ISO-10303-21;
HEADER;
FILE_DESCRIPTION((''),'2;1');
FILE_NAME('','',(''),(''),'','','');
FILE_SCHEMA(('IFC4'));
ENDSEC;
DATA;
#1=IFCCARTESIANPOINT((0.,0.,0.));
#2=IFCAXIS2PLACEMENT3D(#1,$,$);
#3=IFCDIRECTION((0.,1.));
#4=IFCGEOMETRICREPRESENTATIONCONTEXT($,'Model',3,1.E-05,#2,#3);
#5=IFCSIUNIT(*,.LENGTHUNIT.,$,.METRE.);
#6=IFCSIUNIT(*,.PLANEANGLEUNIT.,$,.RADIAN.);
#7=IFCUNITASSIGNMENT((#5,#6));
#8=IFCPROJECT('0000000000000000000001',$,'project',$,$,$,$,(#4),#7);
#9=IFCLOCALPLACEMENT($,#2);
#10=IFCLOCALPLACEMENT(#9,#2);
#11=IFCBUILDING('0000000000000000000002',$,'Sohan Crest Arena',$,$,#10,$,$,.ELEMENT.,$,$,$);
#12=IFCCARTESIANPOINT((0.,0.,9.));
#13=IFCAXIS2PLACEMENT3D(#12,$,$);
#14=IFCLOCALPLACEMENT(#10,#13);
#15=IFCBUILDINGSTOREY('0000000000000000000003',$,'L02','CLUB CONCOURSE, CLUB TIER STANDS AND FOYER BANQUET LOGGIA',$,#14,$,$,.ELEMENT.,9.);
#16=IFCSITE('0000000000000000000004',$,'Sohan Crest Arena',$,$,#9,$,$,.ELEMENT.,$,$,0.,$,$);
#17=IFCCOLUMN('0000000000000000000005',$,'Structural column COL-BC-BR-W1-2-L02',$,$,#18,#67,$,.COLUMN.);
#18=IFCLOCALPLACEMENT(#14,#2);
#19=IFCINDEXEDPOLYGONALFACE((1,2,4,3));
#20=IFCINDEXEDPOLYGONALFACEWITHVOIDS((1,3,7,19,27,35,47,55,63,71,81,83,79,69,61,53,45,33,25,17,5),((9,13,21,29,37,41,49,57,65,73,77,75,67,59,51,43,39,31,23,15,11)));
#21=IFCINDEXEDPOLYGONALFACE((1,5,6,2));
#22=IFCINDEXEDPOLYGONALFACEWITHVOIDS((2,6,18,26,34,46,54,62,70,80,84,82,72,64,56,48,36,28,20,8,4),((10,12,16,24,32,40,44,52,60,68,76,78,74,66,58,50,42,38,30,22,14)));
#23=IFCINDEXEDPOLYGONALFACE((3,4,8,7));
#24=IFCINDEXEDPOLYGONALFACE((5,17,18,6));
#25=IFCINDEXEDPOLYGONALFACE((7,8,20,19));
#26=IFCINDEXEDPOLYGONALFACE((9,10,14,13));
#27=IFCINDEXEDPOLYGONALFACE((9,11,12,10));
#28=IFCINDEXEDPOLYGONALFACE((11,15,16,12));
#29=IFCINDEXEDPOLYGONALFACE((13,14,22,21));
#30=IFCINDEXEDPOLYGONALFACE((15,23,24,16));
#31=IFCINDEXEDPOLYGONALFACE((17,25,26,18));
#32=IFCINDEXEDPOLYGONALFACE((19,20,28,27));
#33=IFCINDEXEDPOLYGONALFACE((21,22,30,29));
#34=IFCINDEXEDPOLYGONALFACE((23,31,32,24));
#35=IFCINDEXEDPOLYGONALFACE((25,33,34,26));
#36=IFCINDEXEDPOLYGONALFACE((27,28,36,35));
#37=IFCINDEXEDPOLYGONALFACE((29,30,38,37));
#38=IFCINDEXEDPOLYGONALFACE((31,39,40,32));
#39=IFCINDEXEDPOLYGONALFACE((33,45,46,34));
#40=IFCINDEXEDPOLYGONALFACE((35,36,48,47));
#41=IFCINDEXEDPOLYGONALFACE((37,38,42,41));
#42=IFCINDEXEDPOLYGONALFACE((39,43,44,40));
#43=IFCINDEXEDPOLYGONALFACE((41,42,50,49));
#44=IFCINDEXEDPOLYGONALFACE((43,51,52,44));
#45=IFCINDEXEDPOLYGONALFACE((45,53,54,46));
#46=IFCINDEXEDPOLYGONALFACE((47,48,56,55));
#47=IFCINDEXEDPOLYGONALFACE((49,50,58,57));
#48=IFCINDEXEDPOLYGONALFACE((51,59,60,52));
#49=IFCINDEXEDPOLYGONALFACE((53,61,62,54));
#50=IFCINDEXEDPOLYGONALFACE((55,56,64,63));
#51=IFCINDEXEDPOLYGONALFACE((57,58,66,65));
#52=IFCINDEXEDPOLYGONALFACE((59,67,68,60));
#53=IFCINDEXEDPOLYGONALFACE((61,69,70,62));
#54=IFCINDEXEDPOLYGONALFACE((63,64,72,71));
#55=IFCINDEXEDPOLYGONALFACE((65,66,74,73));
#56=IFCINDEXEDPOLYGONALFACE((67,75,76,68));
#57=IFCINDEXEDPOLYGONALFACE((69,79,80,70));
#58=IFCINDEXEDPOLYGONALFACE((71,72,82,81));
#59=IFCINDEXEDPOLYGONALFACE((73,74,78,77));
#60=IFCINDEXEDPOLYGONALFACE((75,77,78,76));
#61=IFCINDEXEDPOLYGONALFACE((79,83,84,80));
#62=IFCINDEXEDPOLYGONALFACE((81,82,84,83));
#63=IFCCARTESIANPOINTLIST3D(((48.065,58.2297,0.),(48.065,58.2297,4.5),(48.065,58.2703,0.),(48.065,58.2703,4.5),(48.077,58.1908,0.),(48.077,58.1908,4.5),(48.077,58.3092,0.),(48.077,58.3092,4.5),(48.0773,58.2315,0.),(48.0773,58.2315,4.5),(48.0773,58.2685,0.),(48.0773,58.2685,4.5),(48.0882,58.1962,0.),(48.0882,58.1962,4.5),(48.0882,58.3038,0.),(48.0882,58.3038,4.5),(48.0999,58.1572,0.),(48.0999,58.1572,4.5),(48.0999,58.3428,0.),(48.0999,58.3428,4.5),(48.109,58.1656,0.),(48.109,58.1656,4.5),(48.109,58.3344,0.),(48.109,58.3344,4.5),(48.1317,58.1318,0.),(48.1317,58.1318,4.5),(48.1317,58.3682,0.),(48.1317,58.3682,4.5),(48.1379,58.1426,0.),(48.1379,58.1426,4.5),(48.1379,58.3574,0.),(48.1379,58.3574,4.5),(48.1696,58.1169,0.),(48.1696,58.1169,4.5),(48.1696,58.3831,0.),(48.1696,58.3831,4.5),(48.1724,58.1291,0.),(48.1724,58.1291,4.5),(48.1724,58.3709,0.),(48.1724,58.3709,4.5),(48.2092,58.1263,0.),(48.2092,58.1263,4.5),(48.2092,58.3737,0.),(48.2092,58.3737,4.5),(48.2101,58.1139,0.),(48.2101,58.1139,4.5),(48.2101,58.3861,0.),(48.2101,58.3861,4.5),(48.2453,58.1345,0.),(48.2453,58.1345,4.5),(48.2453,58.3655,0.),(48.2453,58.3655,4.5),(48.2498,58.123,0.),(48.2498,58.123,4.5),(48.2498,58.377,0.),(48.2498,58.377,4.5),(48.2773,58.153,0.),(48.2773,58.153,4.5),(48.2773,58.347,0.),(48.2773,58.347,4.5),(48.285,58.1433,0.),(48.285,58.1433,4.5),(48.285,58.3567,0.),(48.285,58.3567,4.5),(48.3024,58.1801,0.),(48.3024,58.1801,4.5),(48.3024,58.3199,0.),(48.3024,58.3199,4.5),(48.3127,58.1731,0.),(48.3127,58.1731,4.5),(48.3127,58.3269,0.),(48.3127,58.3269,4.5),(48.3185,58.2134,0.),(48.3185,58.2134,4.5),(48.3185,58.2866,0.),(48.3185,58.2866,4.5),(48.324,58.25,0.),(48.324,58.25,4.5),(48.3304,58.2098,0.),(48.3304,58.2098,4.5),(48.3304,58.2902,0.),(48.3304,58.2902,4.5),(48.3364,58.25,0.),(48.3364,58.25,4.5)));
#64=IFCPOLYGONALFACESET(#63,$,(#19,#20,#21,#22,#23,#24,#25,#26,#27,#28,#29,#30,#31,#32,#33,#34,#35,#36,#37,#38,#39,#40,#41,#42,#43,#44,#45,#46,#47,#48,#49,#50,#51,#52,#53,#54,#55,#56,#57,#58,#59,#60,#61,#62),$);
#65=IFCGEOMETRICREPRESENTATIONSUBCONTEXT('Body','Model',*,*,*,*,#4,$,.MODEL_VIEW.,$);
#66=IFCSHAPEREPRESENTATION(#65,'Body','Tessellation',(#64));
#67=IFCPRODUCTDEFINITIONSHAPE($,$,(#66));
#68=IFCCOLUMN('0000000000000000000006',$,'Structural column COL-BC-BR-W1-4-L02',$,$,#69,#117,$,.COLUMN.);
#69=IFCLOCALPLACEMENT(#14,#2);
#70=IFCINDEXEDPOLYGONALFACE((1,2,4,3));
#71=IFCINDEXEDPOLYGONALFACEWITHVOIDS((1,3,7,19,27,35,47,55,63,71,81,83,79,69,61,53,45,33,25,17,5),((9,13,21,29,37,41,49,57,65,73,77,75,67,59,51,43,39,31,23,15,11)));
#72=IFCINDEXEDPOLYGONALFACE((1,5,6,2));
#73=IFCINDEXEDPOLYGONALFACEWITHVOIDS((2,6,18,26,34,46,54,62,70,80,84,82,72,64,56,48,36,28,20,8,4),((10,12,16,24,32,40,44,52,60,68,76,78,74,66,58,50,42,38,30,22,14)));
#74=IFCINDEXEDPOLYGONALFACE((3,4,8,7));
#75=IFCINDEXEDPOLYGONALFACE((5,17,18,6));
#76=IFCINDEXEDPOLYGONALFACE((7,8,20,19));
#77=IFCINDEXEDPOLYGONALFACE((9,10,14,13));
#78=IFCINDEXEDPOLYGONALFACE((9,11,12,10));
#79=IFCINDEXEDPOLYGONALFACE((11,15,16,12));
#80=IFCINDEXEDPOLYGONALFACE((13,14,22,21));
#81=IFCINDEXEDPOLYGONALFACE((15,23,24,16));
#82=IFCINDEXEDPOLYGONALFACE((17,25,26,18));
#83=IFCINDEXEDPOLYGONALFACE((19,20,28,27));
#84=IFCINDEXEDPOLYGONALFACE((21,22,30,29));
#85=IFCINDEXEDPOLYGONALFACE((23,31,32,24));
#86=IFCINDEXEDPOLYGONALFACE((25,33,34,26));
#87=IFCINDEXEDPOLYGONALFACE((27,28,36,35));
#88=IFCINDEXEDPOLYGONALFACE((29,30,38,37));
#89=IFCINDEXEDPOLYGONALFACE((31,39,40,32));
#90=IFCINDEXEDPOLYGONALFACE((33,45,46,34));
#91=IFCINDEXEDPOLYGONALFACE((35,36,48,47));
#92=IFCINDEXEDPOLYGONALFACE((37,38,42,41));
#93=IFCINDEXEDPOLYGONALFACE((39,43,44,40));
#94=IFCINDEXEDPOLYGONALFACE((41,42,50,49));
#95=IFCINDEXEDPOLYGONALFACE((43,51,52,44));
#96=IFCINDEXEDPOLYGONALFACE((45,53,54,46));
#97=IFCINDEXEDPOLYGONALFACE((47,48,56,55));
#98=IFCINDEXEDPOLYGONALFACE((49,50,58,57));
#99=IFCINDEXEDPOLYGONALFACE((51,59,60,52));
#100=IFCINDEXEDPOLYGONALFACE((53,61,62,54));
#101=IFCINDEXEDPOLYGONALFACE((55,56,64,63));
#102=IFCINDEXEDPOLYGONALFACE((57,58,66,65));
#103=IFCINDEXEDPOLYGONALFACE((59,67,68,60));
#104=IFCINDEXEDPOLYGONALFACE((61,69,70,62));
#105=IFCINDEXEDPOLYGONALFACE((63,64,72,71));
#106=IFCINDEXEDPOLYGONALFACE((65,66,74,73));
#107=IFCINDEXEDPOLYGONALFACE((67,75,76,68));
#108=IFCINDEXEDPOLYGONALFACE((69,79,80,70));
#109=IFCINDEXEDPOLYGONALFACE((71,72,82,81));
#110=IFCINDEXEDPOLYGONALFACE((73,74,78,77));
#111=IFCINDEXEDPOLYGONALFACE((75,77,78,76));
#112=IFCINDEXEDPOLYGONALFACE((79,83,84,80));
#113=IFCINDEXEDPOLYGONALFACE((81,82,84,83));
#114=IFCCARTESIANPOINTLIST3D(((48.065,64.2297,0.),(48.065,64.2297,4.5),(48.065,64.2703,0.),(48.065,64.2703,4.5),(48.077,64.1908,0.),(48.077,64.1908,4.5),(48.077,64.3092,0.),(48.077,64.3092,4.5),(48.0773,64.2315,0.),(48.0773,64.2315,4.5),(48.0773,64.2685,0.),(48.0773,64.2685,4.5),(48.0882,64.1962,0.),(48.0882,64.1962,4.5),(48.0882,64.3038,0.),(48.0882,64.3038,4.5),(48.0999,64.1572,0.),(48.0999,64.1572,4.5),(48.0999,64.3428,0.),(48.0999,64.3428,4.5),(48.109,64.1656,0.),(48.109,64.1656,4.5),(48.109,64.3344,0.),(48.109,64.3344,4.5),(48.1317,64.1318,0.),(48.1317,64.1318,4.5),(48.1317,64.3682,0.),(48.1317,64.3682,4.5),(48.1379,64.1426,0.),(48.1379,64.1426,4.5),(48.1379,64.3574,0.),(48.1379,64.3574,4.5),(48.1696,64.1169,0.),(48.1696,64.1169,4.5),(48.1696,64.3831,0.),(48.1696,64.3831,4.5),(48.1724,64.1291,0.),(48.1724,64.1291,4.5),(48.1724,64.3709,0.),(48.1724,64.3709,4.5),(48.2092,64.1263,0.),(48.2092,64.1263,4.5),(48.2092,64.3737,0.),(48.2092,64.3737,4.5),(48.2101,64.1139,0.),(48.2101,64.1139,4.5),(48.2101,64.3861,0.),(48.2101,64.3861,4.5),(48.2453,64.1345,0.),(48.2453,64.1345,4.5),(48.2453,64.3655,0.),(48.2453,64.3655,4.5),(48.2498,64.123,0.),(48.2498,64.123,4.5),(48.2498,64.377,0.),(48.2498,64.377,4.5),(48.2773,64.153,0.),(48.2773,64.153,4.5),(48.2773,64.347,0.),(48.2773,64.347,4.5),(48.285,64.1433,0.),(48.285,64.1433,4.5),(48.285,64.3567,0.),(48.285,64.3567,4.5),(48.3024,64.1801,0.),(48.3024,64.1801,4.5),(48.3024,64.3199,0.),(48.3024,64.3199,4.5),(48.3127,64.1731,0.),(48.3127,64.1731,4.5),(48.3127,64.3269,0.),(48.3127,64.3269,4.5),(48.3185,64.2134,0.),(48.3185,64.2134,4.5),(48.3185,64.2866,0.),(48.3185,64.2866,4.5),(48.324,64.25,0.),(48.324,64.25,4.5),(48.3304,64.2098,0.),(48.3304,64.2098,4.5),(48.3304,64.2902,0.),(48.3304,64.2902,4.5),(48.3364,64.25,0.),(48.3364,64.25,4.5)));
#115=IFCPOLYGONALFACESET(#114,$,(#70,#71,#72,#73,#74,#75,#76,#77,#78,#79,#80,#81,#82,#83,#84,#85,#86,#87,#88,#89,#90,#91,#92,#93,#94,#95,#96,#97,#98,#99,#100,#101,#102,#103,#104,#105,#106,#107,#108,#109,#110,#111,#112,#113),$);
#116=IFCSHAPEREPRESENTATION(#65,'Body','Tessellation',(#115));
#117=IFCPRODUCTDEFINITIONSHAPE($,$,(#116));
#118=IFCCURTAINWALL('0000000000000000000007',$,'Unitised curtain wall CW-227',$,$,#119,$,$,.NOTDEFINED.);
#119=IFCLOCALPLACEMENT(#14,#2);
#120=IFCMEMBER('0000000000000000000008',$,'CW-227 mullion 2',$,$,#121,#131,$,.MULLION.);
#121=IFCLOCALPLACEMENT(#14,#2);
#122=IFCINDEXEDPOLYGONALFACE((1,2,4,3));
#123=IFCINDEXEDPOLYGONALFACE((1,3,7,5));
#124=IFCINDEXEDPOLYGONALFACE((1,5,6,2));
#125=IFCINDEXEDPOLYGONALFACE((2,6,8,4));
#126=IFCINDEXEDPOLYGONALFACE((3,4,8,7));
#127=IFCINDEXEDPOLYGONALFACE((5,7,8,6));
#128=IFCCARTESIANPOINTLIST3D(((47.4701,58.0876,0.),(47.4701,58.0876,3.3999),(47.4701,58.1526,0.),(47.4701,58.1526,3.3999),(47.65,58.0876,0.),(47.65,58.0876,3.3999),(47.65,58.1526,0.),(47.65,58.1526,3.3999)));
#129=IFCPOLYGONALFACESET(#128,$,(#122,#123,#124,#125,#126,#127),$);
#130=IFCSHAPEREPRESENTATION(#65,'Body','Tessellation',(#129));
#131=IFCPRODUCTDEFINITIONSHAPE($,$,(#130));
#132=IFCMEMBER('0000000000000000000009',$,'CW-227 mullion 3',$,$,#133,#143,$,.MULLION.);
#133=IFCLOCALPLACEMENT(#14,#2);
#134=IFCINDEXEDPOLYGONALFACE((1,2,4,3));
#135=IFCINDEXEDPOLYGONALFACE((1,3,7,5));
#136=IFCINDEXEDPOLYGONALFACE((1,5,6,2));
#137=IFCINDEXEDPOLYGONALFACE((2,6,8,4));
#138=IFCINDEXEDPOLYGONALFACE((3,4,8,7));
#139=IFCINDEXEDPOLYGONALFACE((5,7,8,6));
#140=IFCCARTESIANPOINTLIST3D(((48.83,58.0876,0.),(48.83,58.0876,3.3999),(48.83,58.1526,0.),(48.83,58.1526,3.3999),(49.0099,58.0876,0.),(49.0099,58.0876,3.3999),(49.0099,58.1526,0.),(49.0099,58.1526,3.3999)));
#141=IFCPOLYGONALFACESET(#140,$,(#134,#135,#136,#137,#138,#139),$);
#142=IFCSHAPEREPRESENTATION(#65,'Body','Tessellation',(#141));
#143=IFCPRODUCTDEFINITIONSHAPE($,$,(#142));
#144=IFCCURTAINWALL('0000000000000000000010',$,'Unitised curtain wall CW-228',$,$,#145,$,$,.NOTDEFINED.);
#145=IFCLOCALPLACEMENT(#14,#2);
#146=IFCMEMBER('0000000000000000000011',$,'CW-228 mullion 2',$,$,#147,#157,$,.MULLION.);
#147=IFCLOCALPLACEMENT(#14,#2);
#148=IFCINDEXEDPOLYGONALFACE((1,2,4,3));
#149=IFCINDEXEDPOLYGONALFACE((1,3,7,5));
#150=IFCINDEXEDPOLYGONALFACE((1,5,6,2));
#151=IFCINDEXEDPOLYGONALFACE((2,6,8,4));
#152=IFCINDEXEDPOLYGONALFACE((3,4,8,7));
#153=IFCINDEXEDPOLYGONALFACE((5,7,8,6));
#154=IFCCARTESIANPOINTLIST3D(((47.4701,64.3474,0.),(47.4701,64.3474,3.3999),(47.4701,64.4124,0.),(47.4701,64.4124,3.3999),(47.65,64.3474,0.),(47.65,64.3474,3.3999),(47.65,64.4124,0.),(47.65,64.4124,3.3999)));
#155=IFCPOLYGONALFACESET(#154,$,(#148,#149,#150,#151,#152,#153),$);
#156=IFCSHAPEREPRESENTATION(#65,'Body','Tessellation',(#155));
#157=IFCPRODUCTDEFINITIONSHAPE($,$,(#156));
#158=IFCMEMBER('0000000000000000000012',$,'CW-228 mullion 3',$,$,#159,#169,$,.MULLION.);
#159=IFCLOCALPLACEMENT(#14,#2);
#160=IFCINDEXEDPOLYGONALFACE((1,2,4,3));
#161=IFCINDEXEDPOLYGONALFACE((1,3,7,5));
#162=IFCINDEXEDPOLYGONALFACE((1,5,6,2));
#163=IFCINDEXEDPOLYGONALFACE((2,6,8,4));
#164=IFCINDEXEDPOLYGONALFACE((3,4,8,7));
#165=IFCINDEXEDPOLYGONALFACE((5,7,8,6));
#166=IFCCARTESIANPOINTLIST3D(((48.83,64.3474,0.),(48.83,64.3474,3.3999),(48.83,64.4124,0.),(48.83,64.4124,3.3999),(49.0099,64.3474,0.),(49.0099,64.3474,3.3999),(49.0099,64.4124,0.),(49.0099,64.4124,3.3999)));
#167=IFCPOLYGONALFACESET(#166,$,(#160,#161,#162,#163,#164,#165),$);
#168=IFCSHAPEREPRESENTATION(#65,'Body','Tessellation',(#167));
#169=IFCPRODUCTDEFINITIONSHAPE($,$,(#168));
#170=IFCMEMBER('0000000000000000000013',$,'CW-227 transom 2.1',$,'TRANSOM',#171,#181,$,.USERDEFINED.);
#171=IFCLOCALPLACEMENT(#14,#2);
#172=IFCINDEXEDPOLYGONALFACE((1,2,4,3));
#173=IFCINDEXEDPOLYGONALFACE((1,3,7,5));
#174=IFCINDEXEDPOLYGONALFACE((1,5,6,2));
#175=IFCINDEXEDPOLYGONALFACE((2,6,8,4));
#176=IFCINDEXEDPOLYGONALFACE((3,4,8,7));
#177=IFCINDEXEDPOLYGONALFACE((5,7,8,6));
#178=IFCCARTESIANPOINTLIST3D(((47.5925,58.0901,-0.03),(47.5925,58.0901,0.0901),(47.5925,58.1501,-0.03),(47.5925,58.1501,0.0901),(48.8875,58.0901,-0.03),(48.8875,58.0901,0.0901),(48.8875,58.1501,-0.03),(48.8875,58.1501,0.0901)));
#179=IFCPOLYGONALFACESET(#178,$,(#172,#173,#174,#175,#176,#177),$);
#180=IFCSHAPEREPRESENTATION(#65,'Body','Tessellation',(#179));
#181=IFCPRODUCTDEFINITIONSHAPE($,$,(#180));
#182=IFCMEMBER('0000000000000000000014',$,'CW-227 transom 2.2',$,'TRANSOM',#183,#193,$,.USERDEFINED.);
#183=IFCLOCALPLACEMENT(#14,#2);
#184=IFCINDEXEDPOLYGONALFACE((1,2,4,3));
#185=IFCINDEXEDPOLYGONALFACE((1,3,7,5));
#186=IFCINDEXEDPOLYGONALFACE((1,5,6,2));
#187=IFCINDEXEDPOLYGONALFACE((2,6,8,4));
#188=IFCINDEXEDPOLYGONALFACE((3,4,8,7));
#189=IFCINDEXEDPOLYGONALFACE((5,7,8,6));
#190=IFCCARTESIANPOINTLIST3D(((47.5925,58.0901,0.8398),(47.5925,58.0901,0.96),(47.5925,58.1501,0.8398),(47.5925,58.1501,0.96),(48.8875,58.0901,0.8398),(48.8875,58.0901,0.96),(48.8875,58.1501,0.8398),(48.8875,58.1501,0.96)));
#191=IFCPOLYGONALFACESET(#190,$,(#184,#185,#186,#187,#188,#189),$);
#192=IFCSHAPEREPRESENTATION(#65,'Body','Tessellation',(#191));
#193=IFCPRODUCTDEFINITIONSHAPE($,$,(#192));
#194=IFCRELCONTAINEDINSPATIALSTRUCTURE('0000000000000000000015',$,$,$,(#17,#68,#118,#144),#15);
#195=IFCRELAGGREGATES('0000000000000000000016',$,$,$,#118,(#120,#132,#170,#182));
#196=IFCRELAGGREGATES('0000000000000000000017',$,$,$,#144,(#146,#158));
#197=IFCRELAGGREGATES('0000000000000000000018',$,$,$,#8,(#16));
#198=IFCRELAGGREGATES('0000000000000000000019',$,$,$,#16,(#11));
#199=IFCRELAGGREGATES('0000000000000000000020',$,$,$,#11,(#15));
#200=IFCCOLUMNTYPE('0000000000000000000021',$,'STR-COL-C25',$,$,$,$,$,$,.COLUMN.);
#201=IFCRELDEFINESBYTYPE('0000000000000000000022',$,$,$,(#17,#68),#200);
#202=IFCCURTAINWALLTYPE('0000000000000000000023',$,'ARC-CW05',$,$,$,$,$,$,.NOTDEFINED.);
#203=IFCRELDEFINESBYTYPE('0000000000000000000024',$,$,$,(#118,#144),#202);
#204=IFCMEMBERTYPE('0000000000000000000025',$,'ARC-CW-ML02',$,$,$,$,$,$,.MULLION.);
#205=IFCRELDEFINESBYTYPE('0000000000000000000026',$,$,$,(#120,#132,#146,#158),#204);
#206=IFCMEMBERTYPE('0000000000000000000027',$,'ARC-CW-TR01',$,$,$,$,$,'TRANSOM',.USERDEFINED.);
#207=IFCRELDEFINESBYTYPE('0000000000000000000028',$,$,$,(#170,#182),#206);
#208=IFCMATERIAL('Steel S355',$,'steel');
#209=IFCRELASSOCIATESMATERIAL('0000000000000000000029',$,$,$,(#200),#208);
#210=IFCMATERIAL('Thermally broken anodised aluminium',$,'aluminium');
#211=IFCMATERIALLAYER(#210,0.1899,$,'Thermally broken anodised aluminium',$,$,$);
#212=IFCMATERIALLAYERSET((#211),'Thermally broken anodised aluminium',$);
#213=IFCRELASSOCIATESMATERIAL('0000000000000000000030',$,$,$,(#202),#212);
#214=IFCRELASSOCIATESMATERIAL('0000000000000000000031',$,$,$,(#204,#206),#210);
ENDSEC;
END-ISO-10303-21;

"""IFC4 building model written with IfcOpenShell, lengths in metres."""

from ifc_helpers import new_model, si_unit, direction, frame, origin, origin_2d, place, context, subcontext, project, spatial, rectangle, hollow_circle, extrude, material, layer, layer_set, material_profile, profile_set, type_object, element, aggregate, save


model = new_model("IFC4")

# Units and contexts
model_context = context("Model", 3, precision=1e-05, world=origin(), true_north=direction((0.0, 1.0)))
body_context = subcontext(model_context, "Body", "Model", "MODEL_VIEW")
ifc_project = project(units=[si_unit("LENGTHUNIT", "METRE"), si_unit("PLANEANGLEUNIT", "RADIAN")], contexts=[model_context])

# Site, building, storey
site_placement = place(None, origin())
site = spatial("IfcSite", under=ifc_project, at=site_placement, Name="Sohan Crest Arena", CompositionType="ELEMENT", RefElevation=0.0)
building_placement = place(site_placement, origin())
building = spatial("IfcBuilding", under=site, at=building_placement, Name="Sohan Crest Arena", CompositionType="ELEMENT")
storey_placement = place(building_placement, frame((0.0, 0.0, 9.0)))
storey = spatial("IfcBuildingStorey", under=building, at=storey_placement, Name="L02", Description="CLUB CONCOURSE, CLUB TIER STANDS AND FOYER BANQUET LOGGIA", CompositionType="ELEMENT", Elevation=9.0)

# Columns
ifc_material_1 = material(Name="Steel S355", Category="steel")
ifc_material_profile_1 = material_profile(ifc_material_1, hollow_circle(Radius=0.1365, WallThickness=0.0125, at=origin_2d()), Name="CHS 273x12.5")
ifc_profile_set_1 = profile_set([ifc_material_profile_1], Name="Steel S355")
column_type = type_object("IfcColumnType", Name="STR-COL-C25", PredefinedType="COLUMN", material=ifc_profile_set_1)
for number, where, z_axis, x_axis, name in (
    (1, (48.2, 58.25, 0.0), (0.0, 0.0, 1.0), (1.0, 0.0, 0.0), "Structural column COL-BC-BR-W1-2-L02"),
    (2, (48.2, 64.25, 0.0), (0.0, 0.0, 1.0), (1.0, 0.0, 0.0), "Structural column COL-BC-BR-W1-4-L02"),
):
    element("IfcColumn", number, at=place(storey_placement, frame(where, z_axis=z_axis, x_axis=x_axis)), inside=storey, type_object=column_type, Name=name, PredefinedType="COLUMN", context=body_context, shape_type="SweptSolid", body=[
        extrude(hollow_circle(Radius=0.1365, WallThickness=0.0125, at=origin_2d()), origin(), (0.0, 0.0, 1.0), 4.5),
    ])

# Curtain walls, members
ifc_material_2 = material(Name="Thermally broken anodised aluminium", Category="aluminium")
ifc_layer_1 = layer(ifc_material_2, 0.1899, Name="Thermally broken anodised aluminium")
ifc_layer_set_1 = layer_set([ifc_layer_1], Name="Thermally broken anodised aluminium")
curtain_wall_type = type_object("IfcCurtainWallType", Name="ARC-CW05", PredefinedType="NOTDEFINED", material=ifc_layer_set_1)
curtain_wall_1_placement = place(storey_placement, origin())
curtain_wall_1 = element("IfcCurtainWall", 3, at=curtain_wall_1_placement, inside=storey, type_object=curtain_wall_type, Name="Unitised curtain wall CW-227", PredefinedType="NOTDEFINED")
ifc_material_profile_2 = material_profile(ifc_material_2, rectangle(XDim=0.0649, YDim=0.1799, at=origin_2d()), Name="ALU-MULL 65x180")
ifc_profile_set_2 = profile_set([ifc_material_profile_2], Name="Thermally broken anodised aluminium")
member_type_1 = type_object("IfcMemberType", Name="ARC-CW-ML02", PredefinedType="MULLION", material=ifc_profile_set_2)
member_1_placement = place(storey_placement, frame((47.5601, 58.1201, 0.0), z_axis=(0.0, 0.0, 1.0), x_axis=(0.0, 1.0, 0.0)))
member_1 = element("IfcMember", 4, at=member_1_placement, type_object=member_type_1, Name="CW-227 mullion 2", PredefinedType="MULLION", context=body_context, shape_type="SweptSolid", body=[
    extrude(rectangle(XDim=0.0649, YDim=0.1799, at=origin_2d()), origin(), (0.0, 0.0, 1.0), 3.3999),
])
member_2_placement = place(storey_placement, frame((48.9199, 58.1201, 0.0), z_axis=(0.0, 0.0, 1.0), x_axis=(0.0, 1.0, 0.0)))
member_2 = element("IfcMember", 5, at=member_2_placement, type_object=member_type_1, Name="CW-227 mullion 3", PredefinedType="MULLION", context=body_context, shape_type="SweptSolid", body=[
    extrude(rectangle(XDim=0.0649, YDim=0.1799, at=origin_2d()), origin(), (0.0, 0.0, 1.0), 3.3999),
])
curtain_wall_2_placement = place(storey_placement, origin())
curtain_wall_2 = element("IfcCurtainWall", 6, at=curtain_wall_2_placement, inside=storey, type_object=curtain_wall_type, Name="Unitised curtain wall CW-228", PredefinedType="NOTDEFINED")
member_3_placement = place(storey_placement, frame((47.5601, 64.3799, 0.0), z_axis=(0.0, 0.0, 1.0), x_axis=(0.0, 1.0, 0.0)))
member_3 = element("IfcMember", 7, at=member_3_placement, type_object=member_type_1, Name="CW-228 mullion 2", PredefinedType="MULLION", context=body_context, shape_type="SweptSolid", body=[
    extrude(rectangle(XDim=0.0649, YDim=0.1799, at=origin_2d()), origin(), (0.0, 0.0, 1.0), 3.3999),
])
member_4_placement = place(storey_placement, frame((48.9199, 64.3799, 0.0), z_axis=(0.0, 0.0, 1.0), x_axis=(0.0, 1.0, 0.0)))
member_4 = element("IfcMember", 8, at=member_4_placement, type_object=member_type_1, Name="CW-228 mullion 3", PredefinedType="MULLION", context=body_context, shape_type="SweptSolid", body=[
    extrude(rectangle(XDim=0.0649, YDim=0.1799, at=origin_2d()), origin(), (0.0, 0.0, 1.0), 3.3999),
])

# Members
ifc_material_profile_3 = material_profile(ifc_material_2, rectangle(XDim=0.0601, YDim=0.1201, at=origin_2d()), Name="ALU-TRAN 60x120")
ifc_profile_set_3 = profile_set([ifc_material_profile_3], Name="Thermally broken anodised aluminium")
member_type_2 = type_object("IfcMemberType", Name="ARC-CW-TR01", ElementType="TRANSOM", PredefinedType="USERDEFINED", material=ifc_profile_set_3)
member_5_placement = place(storey_placement, frame((47.5925, 58.1201, 0.03), z_axis=(1.0, 0.0, 0.0), x_axis=(0.0, 1.0, 0.0)))
member_5 = element("IfcMember", 9, at=member_5_placement, type_object=member_type_2, Name="CW-227 transom 2.1", ObjectType="TRANSOM", PredefinedType="USERDEFINED", context=body_context, shape_type="SweptSolid", body=[
    extrude(rectangle(XDim=0.0601, YDim=0.1201, at=origin_2d()), origin(), (0.0, 0.0, 1.0), 1.2949),
])
member_6_placement = place(storey_placement, frame((47.5925, 58.1201, 0.8999), z_axis=(1.0, 0.0, 0.0), x_axis=(0.0, 1.0, 0.0)))
member_6 = element("IfcMember", 10, at=member_6_placement, type_object=member_type_2, Name="CW-227 transom 2.2", ObjectType="TRANSOM", PredefinedType="USERDEFINED", context=body_context, shape_type="SweptSolid", body=[
    extrude(rectangle(XDim=0.0601, YDim=0.1201, at=origin_2d()), origin(), (0.0, 0.0, 1.0), 1.2949),
])

aggregate(curtain_wall_1, [member_1, member_2, member_5, member_6])
aggregate(curtain_wall_2, [member_3, member_4])

save(model, "model.ifc")
